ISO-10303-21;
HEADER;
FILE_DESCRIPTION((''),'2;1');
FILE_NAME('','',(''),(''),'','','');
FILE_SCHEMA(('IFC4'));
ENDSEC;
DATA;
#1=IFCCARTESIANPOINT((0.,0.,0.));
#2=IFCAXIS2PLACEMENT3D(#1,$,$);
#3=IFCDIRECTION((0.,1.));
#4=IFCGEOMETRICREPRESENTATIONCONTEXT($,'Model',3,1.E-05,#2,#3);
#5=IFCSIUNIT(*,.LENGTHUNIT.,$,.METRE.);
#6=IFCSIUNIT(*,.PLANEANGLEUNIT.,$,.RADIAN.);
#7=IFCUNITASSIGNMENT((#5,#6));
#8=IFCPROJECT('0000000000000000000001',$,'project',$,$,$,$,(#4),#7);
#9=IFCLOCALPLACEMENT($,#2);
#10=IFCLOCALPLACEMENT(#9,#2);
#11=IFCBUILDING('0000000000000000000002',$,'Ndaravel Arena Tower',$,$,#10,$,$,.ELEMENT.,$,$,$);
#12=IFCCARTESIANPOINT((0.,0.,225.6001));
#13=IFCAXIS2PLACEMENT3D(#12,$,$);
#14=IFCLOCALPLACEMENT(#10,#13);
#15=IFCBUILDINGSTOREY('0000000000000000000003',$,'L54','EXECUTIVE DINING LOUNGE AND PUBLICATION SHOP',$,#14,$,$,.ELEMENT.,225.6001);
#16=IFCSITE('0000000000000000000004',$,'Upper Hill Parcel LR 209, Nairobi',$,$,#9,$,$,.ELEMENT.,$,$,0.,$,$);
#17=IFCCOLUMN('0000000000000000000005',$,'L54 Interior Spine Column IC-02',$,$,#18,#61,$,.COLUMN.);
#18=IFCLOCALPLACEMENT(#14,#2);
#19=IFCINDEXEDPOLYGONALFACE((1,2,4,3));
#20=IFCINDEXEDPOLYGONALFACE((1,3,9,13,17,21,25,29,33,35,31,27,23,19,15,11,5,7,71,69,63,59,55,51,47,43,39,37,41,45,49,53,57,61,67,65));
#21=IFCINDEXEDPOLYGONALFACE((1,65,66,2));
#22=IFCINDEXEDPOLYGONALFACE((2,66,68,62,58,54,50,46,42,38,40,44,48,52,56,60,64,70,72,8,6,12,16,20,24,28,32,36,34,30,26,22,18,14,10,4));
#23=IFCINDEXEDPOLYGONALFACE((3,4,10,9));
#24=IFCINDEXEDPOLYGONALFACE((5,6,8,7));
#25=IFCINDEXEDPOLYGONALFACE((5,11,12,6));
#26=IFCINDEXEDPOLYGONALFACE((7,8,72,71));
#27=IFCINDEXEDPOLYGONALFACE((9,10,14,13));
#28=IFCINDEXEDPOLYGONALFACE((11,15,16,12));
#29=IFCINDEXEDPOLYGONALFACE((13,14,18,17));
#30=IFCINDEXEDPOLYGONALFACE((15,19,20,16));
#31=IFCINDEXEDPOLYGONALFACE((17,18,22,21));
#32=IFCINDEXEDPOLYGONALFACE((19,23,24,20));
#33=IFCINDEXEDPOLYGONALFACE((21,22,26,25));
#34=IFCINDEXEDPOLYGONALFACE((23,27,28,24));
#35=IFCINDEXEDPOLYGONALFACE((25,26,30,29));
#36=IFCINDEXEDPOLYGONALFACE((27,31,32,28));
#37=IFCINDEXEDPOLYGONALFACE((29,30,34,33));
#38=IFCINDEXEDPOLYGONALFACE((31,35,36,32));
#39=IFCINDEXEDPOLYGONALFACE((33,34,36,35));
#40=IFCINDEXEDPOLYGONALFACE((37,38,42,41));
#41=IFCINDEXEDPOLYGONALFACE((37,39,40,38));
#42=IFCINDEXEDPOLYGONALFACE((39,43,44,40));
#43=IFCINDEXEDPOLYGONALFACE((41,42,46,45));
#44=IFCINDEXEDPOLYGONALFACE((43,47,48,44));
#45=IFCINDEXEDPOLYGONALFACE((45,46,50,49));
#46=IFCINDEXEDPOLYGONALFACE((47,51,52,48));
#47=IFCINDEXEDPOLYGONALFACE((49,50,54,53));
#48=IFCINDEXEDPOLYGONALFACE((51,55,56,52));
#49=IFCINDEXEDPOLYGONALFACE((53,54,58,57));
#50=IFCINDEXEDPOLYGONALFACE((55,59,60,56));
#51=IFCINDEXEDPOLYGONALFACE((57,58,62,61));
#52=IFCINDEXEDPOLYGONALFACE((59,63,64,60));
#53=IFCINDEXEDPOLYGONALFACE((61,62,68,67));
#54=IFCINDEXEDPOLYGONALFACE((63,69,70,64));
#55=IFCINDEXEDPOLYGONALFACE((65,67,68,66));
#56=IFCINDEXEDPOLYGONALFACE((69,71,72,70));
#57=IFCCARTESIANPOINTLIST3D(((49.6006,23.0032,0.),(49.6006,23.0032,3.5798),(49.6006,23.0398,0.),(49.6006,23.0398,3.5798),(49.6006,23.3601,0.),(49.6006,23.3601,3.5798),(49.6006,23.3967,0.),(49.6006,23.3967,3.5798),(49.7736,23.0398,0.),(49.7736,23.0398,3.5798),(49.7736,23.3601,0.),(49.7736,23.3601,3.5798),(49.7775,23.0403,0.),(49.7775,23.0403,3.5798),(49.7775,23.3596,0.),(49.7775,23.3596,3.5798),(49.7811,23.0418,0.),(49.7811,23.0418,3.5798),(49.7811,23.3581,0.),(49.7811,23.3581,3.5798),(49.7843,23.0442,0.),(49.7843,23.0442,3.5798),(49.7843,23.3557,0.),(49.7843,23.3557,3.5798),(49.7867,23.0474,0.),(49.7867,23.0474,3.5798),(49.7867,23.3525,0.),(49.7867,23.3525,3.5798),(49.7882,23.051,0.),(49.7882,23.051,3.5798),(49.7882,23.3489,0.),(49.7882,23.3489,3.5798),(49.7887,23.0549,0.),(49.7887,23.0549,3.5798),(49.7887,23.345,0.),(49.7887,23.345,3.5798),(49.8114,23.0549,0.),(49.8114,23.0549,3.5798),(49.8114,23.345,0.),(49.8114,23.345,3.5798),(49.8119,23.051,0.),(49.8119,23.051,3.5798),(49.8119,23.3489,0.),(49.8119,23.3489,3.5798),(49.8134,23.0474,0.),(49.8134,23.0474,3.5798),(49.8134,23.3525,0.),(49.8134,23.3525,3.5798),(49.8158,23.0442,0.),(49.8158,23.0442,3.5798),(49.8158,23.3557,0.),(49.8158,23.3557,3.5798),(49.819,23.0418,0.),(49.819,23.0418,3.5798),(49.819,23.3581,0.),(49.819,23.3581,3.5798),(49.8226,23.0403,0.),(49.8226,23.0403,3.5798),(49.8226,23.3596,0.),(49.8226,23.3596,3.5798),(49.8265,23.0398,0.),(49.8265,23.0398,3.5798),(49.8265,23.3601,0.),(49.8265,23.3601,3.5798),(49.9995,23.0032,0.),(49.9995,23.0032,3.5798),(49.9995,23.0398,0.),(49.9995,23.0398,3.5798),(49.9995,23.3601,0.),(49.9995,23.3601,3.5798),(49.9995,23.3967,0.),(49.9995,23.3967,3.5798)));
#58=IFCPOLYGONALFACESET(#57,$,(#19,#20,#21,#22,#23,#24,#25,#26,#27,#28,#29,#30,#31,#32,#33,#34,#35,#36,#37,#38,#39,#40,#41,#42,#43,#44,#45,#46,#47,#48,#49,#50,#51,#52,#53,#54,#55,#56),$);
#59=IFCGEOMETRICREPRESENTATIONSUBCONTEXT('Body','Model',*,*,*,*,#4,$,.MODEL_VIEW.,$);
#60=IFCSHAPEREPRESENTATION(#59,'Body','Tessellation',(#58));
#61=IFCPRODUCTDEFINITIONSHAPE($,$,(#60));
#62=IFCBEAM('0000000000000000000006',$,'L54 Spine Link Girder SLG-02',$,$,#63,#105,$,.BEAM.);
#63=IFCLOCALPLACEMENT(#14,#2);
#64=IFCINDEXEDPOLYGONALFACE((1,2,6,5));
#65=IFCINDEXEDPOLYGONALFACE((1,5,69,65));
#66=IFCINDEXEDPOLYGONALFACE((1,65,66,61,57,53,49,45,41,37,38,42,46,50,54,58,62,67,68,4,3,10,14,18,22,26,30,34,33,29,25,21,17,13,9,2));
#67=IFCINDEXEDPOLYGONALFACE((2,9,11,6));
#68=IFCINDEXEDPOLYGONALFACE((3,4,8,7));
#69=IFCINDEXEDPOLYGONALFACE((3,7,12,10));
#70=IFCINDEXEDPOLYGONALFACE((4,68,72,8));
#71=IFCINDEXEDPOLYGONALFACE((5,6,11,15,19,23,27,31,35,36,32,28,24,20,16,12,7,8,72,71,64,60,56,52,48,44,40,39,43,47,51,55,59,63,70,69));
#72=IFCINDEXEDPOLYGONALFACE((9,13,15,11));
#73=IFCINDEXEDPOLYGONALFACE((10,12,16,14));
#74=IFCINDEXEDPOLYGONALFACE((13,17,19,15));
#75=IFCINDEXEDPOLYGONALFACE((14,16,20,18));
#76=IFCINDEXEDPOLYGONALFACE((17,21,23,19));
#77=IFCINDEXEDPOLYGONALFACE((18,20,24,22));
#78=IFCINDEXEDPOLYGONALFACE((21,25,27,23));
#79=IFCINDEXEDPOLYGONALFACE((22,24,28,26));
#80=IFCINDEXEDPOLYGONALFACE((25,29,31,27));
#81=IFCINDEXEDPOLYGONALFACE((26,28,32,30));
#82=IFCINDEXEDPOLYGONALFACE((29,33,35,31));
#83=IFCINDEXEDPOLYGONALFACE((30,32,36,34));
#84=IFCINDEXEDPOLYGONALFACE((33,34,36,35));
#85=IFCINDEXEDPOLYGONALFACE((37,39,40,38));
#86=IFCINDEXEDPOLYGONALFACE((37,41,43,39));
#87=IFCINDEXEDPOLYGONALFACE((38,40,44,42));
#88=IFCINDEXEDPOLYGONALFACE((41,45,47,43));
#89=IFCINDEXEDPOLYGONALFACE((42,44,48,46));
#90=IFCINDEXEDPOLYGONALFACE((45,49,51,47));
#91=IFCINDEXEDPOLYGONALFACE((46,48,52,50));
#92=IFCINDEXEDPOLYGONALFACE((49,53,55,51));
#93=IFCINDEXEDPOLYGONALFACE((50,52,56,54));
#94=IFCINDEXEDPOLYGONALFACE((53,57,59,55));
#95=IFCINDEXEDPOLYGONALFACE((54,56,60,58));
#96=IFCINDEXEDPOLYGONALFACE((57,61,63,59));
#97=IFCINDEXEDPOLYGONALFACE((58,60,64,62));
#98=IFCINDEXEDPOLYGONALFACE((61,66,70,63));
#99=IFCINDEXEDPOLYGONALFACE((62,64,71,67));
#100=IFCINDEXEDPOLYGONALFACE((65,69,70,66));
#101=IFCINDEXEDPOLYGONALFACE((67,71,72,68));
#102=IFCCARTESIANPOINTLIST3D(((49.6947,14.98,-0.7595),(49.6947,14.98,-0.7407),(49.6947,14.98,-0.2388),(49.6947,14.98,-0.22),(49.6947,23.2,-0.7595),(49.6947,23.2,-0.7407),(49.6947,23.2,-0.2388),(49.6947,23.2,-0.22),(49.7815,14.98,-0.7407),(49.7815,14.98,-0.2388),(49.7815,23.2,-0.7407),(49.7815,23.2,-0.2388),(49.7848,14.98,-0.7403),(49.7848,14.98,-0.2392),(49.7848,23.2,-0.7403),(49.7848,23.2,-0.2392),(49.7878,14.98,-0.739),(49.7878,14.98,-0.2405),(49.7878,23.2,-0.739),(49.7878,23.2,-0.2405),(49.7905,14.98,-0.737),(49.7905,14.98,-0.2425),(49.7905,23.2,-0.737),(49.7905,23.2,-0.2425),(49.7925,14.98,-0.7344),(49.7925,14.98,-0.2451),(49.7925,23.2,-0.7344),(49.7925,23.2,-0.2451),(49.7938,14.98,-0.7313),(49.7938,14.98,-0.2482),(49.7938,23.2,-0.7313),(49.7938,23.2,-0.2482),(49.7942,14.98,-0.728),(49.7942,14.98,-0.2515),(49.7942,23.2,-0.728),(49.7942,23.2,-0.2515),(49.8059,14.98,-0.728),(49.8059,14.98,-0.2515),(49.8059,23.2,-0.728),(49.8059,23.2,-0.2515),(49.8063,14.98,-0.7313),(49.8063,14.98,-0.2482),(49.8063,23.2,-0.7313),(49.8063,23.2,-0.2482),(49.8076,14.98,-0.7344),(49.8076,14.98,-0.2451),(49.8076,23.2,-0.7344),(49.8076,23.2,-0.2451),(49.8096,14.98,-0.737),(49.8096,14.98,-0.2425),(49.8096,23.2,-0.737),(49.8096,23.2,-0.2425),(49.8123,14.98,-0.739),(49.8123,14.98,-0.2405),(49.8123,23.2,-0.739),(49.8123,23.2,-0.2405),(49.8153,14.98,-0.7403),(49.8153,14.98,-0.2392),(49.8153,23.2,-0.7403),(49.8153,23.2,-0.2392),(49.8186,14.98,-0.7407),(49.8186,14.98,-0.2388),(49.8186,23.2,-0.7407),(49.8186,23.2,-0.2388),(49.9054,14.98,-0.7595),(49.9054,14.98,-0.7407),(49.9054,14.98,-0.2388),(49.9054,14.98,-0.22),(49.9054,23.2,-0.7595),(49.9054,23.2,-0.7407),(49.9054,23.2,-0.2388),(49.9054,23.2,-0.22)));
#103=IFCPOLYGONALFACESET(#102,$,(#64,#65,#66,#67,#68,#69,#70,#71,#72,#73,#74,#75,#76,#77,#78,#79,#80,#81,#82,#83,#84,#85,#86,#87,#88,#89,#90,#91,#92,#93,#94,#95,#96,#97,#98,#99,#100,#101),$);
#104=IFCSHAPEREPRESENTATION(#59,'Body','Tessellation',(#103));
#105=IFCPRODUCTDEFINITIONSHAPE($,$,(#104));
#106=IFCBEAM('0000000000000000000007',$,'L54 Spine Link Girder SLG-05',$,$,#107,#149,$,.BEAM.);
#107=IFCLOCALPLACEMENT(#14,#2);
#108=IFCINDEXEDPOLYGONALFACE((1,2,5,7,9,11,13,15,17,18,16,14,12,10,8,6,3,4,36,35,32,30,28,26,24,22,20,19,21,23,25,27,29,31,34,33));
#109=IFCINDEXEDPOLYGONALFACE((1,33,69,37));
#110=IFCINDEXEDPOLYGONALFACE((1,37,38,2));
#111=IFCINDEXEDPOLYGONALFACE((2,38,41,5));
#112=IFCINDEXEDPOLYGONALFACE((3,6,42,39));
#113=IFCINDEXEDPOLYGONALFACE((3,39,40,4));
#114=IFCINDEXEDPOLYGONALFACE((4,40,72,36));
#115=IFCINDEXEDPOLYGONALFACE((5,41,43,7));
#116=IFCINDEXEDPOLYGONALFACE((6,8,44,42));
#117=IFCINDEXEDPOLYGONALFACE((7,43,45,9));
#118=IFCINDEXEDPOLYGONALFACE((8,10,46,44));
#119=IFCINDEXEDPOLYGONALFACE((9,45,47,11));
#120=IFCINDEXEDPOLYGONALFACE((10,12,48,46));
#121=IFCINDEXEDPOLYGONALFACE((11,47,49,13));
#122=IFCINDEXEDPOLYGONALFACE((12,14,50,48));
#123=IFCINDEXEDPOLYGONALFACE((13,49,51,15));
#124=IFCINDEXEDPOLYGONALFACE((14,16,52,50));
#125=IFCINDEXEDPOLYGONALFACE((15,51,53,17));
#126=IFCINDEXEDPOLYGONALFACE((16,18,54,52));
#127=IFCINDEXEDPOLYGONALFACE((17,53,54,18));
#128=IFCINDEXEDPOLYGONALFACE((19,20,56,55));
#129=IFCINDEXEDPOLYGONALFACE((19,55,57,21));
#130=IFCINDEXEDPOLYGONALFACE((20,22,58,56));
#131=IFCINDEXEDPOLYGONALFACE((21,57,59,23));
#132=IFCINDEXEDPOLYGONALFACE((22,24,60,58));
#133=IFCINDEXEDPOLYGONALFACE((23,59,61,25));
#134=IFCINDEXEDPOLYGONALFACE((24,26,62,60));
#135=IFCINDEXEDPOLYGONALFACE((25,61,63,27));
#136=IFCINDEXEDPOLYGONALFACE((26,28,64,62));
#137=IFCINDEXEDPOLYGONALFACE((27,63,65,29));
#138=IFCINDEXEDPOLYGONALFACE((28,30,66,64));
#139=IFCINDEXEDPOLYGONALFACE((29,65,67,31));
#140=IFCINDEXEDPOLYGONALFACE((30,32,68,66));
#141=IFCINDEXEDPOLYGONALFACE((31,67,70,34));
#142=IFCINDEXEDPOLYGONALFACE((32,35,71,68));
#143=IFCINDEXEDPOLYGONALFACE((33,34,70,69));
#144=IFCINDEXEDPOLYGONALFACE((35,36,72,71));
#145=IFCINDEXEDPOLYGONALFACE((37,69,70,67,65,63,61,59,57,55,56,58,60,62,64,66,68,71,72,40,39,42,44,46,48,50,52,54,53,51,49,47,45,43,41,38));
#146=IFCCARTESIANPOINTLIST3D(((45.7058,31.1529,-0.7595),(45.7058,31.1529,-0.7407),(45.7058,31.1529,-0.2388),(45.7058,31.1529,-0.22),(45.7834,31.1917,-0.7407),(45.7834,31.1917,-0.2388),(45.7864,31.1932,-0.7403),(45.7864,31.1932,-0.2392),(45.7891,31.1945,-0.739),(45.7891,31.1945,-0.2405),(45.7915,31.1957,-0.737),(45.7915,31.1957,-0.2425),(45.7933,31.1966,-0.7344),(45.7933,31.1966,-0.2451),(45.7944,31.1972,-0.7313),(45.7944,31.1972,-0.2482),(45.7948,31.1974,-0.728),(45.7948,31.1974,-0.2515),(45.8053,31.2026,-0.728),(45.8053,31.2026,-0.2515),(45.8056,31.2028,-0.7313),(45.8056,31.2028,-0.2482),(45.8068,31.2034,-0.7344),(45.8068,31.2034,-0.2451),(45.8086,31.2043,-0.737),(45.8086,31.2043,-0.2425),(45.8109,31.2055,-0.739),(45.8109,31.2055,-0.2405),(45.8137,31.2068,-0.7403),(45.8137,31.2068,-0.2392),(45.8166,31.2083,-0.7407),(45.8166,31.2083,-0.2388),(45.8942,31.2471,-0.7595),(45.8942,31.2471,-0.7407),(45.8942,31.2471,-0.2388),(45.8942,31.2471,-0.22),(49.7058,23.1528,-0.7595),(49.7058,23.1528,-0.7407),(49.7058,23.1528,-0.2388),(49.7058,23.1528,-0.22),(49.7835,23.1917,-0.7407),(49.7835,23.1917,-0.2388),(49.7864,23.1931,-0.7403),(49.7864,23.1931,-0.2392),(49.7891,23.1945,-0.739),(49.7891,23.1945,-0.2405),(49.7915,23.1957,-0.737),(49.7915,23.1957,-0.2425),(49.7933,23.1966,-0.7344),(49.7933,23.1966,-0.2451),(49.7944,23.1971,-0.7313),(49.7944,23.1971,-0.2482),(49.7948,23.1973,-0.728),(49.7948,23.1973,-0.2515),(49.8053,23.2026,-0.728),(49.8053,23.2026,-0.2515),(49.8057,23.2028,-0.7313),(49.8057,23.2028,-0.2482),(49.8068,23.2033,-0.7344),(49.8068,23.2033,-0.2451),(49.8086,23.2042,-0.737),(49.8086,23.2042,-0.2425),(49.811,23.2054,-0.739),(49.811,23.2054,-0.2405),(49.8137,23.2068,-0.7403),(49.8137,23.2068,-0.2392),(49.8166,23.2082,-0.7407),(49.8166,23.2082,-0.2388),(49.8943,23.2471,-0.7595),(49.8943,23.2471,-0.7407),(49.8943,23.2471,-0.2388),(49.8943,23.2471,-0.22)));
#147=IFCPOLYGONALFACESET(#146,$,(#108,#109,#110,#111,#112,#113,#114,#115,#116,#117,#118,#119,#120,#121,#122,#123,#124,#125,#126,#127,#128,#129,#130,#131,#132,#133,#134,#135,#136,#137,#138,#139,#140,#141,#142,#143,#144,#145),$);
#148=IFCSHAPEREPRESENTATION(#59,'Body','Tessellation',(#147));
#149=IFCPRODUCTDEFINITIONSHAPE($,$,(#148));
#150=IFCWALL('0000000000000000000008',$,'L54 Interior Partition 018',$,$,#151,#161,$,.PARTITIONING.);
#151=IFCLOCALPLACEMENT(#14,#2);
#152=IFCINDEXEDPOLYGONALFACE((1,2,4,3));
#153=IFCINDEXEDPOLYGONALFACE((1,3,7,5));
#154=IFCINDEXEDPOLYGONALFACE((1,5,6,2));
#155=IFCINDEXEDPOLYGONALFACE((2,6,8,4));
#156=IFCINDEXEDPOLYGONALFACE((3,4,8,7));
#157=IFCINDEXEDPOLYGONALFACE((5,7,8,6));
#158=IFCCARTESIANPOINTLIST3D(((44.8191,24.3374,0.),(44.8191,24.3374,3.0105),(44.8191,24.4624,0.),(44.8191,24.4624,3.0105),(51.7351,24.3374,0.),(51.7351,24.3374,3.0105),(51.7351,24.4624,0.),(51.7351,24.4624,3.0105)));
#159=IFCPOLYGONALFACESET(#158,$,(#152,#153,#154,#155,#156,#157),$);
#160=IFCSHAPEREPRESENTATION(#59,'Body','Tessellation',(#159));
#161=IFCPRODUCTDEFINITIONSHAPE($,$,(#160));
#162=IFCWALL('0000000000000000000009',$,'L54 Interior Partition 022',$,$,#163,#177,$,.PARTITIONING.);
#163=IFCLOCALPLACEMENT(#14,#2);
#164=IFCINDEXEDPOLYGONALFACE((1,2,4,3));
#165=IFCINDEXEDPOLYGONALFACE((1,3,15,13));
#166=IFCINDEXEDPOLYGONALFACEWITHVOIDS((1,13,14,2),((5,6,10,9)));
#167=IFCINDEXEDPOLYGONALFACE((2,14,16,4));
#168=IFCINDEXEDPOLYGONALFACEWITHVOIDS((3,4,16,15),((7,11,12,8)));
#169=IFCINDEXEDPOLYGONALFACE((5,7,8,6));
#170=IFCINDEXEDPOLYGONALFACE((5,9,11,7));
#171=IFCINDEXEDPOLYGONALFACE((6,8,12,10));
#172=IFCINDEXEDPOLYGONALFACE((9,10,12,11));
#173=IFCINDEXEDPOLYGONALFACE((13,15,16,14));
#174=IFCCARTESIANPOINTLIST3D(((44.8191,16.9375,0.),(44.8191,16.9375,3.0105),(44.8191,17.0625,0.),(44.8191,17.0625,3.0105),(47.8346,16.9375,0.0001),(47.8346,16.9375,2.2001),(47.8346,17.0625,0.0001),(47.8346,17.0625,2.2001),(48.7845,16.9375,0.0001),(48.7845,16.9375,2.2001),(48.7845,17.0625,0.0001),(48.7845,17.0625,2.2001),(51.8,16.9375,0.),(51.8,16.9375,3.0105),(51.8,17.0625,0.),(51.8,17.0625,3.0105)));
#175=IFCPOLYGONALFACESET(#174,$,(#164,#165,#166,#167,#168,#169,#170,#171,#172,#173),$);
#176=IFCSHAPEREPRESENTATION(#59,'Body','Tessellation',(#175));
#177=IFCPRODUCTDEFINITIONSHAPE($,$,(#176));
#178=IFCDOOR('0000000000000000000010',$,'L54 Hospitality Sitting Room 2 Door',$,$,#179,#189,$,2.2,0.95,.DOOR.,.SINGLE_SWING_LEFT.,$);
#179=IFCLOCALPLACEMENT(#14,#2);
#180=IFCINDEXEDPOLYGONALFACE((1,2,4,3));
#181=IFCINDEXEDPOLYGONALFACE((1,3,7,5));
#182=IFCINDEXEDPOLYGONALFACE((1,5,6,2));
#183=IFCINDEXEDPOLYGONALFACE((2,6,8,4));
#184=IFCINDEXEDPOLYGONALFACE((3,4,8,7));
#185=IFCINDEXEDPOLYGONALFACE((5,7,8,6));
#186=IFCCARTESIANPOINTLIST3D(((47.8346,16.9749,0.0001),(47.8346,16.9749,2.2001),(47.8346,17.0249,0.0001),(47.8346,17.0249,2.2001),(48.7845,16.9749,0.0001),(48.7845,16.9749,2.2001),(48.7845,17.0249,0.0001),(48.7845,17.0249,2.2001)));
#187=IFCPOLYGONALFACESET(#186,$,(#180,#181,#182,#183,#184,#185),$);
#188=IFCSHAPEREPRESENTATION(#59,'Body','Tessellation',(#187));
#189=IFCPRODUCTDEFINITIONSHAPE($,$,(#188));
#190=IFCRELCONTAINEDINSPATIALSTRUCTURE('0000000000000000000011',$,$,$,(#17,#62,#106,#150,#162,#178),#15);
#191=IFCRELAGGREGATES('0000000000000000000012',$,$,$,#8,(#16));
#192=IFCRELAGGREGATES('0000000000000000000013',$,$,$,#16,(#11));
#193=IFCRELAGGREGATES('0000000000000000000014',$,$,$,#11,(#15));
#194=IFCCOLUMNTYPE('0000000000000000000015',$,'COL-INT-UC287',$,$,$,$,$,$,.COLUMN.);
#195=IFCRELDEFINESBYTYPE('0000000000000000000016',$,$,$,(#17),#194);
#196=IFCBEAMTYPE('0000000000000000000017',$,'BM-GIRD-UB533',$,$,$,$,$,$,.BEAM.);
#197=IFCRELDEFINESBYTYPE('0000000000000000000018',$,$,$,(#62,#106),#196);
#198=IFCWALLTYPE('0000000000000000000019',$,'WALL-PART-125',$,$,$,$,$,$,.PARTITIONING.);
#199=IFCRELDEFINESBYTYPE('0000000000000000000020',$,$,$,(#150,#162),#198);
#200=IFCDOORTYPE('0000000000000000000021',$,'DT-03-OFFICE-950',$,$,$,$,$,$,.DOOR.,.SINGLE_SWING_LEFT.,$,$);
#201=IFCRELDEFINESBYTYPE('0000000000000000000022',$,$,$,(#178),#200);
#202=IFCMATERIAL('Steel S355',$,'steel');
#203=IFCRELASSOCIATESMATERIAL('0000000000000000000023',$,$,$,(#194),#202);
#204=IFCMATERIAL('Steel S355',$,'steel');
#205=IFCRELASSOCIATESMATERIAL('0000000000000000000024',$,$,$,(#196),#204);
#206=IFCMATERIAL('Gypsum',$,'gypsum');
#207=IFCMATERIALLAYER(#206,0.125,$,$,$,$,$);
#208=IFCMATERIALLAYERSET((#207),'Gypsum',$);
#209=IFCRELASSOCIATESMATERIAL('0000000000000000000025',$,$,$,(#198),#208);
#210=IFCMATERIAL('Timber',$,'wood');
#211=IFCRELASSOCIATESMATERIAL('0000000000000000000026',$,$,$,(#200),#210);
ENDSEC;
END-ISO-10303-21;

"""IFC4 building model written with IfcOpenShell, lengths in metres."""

from ifc_helpers import new_model, si_unit, direction, frame, frame_2d, origin, origin_2d, place, context, subcontext, project, spatial, rectangle, i_section, extrude, material, layer, layer_set, material_profile, profile_set, type_object, element, fill, save


model = new_model("IFC4")

# Units and contexts
model_context = context("Model", 3, precision=1e-05, world=origin(), true_north=direction((0.0, 1.0)))
body_context = subcontext(model_context, "Body", "Model", "MODEL_VIEW")
ifc_project = project(units=[si_unit("LENGTHUNIT", "METRE"), si_unit("PLANEANGLEUNIT", "RADIAN")], contexts=[model_context])

# Site, building, storey
site_placement = place(None, origin())
site = spatial("IfcSite", under=ifc_project, at=site_placement, Name="Upper Hill Parcel LR 209, Nairobi", CompositionType="ELEMENT", RefElevation=0.0)
building_placement = place(site_placement, origin())
building = spatial("IfcBuilding", under=site, at=building_placement, Name="Ndaravel Arena Tower", CompositionType="ELEMENT")
storey_placement = place(building_placement, frame((0.0, 0.0, 225.6001)))
storey = spatial("IfcBuildingStorey", under=building, at=storey_placement, Name="L54", Description="EXECUTIVE DINING LOUNGE AND PUBLICATION SHOP", CompositionType="ELEMENT", Elevation=225.6001)

# Column
ifc_material_1 = material(Name="Steel S355", Category="steel")
ifc_material_profile_1 = material_profile(ifc_material_1, i_section(OverallWidth=0.3989, OverallDepth=0.3936, WebThickness=0.0227, FlangeThickness=0.0366, FilletRadius=0.0151, at=origin_2d()), Name="UC 356x406x287")
ifc_profile_set_1 = profile_set([ifc_material_profile_1], Name="Steel S355")
column_type = type_object("IfcColumnType", Name="COL-INT-UC287", PredefinedType="COLUMN", material=ifc_profile_set_1)
column_placement = place(storey_placement, frame((49.8, 23.2, 0.0), z_axis=(0.0, 0.0, 1.0), x_axis=(1.0, 0.0, 0.0)))
element("IfcColumn", 1, at=column_placement, inside=storey, type_object=column_type, Name="L54 Interior Spine Column IC-02", PredefinedType="COLUMN", context=body_context, shape_type="SweptSolid", body=[
    extrude(i_section(OverallWidth=0.3989, OverallDepth=0.3936, WebThickness=0.0227, FlangeThickness=0.0366, FilletRadius=0.0151, at=origin_2d()), origin(), (0.0, 0.0, 1.0), 3.5798),
])

# Beams
ifc_material_2 = material(Name="Steel S355", Category="steel")
ifc_material_profile_2 = material_profile(ifc_material_2, i_section(OverallWidth=0.2107, OverallDepth=0.5396, WebThickness=0.0117, FlangeThickness=0.0188, FilletRadius=0.0127, at=origin_2d()), Name="UB 533x210x109")
ifc_profile_set_2 = profile_set([ifc_material_profile_2], Name="Steel S355")
beam_type = type_object("IfcBeamType", Name="BM-GIRD-UB533", PredefinedType="BEAM", material=ifc_profile_set_2)
beam_1_placement = place(storey_placement, frame((49.8, 14.98, -0.4897), z_axis=(0.0, 1.0, 0.0), x_axis=(-1.0, 0.0, 0.0)))
element("IfcBeam", 2, at=beam_1_placement, inside=storey, type_object=beam_type, Name="L54 Spine Link Girder SLG-02", PredefinedType="BEAM", context=body_context, shape_type="SweptSolid", body=[
    extrude(i_section(OverallWidth=0.2107, OverallDepth=0.5396, WebThickness=0.0117, FlangeThickness=0.0188, FilletRadius=0.0127, at=origin_2d()), origin(), (0.0, 0.0, 1.0), 8.22),
])
beam_2_placement = place(storey_placement, frame((49.8, 23.2, -0.4897), z_axis=(-0.447214, 0.894427, 0.0), x_axis=(-0.894427, -0.447214, 0.0)))
element("IfcBeam", 3, at=beam_2_placement, inside=storey, type_object=beam_type, Name="L54 Spine Link Girder SLG-05", PredefinedType="BEAM", context=body_context, shape_type="SweptSolid", body=[
    extrude(i_section(OverallWidth=0.2107, OverallDepth=0.5396, WebThickness=0.0117, FlangeThickness=0.0188, FilletRadius=0.0127, at=origin_2d()), origin(), (0.0, 0.0, 1.0), 8.9443),
])

# Wall
ifc_material_3 = material(Name="Gypsum", Category="gypsum")
ifc_layer_1 = layer(ifc_material_3, 0.125)
ifc_layer_set_1 = layer_set([ifc_layer_1], Name="Gypsum")
wall_type_1 = type_object("IfcWallType", Name="WALL-PART-125", PredefinedType="PARTITIONING", material=ifc_layer_set_1)
wall_1_placement = place(storey_placement, frame((51.7351, 24.3999, 0.0), z_axis=(0.0, 0.0, 1.0), x_axis=(-1.0, 0.0, 0.0)))
element("IfcWall", 4, at=wall_1_placement, inside=storey, type_object=wall_type_1, Name="L54 Interior Partition 018", PredefinedType="PARTITIONING", context=body_context, shape_type="SweptSolid", body=[
    extrude(rectangle(XDim=6.916, YDim=0.125, at=frame_2d((3.458, 0.0))), origin(), (0.0, 0.0, 1.0), 3.0105),
])

# Wall, opening, door
wall_2_placement = place(storey_placement, frame((44.8191, 17.0, 0.0), z_axis=(0.0, 0.0, 1.0), x_axis=(1.0, 0.0, 0.0)))
wall_2 = element("IfcWall", 5, at=wall_2_placement, inside=storey, type_object=wall_type_1, Name="L54 Interior Partition 022", PredefinedType="PARTITIONING", context=body_context, shape_type="SweptSolid", body=[
    extrude(rectangle(XDim=6.981, YDim=0.125, at=frame_2d((3.4905, 0.0))), origin(), (0.0, 0.0, 1.0), 3.0105),
])
opening_1_placement = place(wall_2_placement, frame((3.0154, 0.0, 0.0)))
opening_1 = element("IfcOpeningElement", 6, at=opening_1_placement, cuts=wall_2, PredefinedType="OPENING", context=body_context, shape_type="SweptSolid", body=[
    extrude(rectangle(XDim=0.95, YDim=2.2, at=frame_2d((0.4751, 1.1001))), frame((0.0, 0.0625, 0.0), z_axis=(0.0, -1.0, 0.0), x_axis=(1.0, 0.0, 0.0)), (0.0, 0.0, 1.0), 0.125),
])
ifc_material_4 = material(Name="Timber", Category="wood")
door_type_1 = type_object("IfcDoorType", Name="DT-03-OFFICE-950", OperationType="SINGLE_SWING_LEFT", PredefinedType="DOOR", material=ifc_material_4)
door_1_placement = place(opening_1_placement, origin())
door_1 = element("IfcDoor", 7, at=door_1_placement, inside=storey, type_object=door_type_1, Name="L54 Hospitality Sitting Room 2 Door", OperationType="SINGLE_SWING_LEFT", OverallHeight=2.2, OverallWidth=0.95, PredefinedType="DOOR", context=body_context, shape_type="SweptSolid", body=[
    extrude(rectangle(XDim=0.95, YDim=2.2, at=frame_2d((0.4751, 1.1001))), frame((0.0, 0.0249, 0.0), z_axis=(0.0, -1.0, 0.0), x_axis=(1.0, 0.0, 0.0)), (0.0, 0.0, 1.0), 0.05),
])
fill(opening_1, door_1)

save(model, "model.ifc")
